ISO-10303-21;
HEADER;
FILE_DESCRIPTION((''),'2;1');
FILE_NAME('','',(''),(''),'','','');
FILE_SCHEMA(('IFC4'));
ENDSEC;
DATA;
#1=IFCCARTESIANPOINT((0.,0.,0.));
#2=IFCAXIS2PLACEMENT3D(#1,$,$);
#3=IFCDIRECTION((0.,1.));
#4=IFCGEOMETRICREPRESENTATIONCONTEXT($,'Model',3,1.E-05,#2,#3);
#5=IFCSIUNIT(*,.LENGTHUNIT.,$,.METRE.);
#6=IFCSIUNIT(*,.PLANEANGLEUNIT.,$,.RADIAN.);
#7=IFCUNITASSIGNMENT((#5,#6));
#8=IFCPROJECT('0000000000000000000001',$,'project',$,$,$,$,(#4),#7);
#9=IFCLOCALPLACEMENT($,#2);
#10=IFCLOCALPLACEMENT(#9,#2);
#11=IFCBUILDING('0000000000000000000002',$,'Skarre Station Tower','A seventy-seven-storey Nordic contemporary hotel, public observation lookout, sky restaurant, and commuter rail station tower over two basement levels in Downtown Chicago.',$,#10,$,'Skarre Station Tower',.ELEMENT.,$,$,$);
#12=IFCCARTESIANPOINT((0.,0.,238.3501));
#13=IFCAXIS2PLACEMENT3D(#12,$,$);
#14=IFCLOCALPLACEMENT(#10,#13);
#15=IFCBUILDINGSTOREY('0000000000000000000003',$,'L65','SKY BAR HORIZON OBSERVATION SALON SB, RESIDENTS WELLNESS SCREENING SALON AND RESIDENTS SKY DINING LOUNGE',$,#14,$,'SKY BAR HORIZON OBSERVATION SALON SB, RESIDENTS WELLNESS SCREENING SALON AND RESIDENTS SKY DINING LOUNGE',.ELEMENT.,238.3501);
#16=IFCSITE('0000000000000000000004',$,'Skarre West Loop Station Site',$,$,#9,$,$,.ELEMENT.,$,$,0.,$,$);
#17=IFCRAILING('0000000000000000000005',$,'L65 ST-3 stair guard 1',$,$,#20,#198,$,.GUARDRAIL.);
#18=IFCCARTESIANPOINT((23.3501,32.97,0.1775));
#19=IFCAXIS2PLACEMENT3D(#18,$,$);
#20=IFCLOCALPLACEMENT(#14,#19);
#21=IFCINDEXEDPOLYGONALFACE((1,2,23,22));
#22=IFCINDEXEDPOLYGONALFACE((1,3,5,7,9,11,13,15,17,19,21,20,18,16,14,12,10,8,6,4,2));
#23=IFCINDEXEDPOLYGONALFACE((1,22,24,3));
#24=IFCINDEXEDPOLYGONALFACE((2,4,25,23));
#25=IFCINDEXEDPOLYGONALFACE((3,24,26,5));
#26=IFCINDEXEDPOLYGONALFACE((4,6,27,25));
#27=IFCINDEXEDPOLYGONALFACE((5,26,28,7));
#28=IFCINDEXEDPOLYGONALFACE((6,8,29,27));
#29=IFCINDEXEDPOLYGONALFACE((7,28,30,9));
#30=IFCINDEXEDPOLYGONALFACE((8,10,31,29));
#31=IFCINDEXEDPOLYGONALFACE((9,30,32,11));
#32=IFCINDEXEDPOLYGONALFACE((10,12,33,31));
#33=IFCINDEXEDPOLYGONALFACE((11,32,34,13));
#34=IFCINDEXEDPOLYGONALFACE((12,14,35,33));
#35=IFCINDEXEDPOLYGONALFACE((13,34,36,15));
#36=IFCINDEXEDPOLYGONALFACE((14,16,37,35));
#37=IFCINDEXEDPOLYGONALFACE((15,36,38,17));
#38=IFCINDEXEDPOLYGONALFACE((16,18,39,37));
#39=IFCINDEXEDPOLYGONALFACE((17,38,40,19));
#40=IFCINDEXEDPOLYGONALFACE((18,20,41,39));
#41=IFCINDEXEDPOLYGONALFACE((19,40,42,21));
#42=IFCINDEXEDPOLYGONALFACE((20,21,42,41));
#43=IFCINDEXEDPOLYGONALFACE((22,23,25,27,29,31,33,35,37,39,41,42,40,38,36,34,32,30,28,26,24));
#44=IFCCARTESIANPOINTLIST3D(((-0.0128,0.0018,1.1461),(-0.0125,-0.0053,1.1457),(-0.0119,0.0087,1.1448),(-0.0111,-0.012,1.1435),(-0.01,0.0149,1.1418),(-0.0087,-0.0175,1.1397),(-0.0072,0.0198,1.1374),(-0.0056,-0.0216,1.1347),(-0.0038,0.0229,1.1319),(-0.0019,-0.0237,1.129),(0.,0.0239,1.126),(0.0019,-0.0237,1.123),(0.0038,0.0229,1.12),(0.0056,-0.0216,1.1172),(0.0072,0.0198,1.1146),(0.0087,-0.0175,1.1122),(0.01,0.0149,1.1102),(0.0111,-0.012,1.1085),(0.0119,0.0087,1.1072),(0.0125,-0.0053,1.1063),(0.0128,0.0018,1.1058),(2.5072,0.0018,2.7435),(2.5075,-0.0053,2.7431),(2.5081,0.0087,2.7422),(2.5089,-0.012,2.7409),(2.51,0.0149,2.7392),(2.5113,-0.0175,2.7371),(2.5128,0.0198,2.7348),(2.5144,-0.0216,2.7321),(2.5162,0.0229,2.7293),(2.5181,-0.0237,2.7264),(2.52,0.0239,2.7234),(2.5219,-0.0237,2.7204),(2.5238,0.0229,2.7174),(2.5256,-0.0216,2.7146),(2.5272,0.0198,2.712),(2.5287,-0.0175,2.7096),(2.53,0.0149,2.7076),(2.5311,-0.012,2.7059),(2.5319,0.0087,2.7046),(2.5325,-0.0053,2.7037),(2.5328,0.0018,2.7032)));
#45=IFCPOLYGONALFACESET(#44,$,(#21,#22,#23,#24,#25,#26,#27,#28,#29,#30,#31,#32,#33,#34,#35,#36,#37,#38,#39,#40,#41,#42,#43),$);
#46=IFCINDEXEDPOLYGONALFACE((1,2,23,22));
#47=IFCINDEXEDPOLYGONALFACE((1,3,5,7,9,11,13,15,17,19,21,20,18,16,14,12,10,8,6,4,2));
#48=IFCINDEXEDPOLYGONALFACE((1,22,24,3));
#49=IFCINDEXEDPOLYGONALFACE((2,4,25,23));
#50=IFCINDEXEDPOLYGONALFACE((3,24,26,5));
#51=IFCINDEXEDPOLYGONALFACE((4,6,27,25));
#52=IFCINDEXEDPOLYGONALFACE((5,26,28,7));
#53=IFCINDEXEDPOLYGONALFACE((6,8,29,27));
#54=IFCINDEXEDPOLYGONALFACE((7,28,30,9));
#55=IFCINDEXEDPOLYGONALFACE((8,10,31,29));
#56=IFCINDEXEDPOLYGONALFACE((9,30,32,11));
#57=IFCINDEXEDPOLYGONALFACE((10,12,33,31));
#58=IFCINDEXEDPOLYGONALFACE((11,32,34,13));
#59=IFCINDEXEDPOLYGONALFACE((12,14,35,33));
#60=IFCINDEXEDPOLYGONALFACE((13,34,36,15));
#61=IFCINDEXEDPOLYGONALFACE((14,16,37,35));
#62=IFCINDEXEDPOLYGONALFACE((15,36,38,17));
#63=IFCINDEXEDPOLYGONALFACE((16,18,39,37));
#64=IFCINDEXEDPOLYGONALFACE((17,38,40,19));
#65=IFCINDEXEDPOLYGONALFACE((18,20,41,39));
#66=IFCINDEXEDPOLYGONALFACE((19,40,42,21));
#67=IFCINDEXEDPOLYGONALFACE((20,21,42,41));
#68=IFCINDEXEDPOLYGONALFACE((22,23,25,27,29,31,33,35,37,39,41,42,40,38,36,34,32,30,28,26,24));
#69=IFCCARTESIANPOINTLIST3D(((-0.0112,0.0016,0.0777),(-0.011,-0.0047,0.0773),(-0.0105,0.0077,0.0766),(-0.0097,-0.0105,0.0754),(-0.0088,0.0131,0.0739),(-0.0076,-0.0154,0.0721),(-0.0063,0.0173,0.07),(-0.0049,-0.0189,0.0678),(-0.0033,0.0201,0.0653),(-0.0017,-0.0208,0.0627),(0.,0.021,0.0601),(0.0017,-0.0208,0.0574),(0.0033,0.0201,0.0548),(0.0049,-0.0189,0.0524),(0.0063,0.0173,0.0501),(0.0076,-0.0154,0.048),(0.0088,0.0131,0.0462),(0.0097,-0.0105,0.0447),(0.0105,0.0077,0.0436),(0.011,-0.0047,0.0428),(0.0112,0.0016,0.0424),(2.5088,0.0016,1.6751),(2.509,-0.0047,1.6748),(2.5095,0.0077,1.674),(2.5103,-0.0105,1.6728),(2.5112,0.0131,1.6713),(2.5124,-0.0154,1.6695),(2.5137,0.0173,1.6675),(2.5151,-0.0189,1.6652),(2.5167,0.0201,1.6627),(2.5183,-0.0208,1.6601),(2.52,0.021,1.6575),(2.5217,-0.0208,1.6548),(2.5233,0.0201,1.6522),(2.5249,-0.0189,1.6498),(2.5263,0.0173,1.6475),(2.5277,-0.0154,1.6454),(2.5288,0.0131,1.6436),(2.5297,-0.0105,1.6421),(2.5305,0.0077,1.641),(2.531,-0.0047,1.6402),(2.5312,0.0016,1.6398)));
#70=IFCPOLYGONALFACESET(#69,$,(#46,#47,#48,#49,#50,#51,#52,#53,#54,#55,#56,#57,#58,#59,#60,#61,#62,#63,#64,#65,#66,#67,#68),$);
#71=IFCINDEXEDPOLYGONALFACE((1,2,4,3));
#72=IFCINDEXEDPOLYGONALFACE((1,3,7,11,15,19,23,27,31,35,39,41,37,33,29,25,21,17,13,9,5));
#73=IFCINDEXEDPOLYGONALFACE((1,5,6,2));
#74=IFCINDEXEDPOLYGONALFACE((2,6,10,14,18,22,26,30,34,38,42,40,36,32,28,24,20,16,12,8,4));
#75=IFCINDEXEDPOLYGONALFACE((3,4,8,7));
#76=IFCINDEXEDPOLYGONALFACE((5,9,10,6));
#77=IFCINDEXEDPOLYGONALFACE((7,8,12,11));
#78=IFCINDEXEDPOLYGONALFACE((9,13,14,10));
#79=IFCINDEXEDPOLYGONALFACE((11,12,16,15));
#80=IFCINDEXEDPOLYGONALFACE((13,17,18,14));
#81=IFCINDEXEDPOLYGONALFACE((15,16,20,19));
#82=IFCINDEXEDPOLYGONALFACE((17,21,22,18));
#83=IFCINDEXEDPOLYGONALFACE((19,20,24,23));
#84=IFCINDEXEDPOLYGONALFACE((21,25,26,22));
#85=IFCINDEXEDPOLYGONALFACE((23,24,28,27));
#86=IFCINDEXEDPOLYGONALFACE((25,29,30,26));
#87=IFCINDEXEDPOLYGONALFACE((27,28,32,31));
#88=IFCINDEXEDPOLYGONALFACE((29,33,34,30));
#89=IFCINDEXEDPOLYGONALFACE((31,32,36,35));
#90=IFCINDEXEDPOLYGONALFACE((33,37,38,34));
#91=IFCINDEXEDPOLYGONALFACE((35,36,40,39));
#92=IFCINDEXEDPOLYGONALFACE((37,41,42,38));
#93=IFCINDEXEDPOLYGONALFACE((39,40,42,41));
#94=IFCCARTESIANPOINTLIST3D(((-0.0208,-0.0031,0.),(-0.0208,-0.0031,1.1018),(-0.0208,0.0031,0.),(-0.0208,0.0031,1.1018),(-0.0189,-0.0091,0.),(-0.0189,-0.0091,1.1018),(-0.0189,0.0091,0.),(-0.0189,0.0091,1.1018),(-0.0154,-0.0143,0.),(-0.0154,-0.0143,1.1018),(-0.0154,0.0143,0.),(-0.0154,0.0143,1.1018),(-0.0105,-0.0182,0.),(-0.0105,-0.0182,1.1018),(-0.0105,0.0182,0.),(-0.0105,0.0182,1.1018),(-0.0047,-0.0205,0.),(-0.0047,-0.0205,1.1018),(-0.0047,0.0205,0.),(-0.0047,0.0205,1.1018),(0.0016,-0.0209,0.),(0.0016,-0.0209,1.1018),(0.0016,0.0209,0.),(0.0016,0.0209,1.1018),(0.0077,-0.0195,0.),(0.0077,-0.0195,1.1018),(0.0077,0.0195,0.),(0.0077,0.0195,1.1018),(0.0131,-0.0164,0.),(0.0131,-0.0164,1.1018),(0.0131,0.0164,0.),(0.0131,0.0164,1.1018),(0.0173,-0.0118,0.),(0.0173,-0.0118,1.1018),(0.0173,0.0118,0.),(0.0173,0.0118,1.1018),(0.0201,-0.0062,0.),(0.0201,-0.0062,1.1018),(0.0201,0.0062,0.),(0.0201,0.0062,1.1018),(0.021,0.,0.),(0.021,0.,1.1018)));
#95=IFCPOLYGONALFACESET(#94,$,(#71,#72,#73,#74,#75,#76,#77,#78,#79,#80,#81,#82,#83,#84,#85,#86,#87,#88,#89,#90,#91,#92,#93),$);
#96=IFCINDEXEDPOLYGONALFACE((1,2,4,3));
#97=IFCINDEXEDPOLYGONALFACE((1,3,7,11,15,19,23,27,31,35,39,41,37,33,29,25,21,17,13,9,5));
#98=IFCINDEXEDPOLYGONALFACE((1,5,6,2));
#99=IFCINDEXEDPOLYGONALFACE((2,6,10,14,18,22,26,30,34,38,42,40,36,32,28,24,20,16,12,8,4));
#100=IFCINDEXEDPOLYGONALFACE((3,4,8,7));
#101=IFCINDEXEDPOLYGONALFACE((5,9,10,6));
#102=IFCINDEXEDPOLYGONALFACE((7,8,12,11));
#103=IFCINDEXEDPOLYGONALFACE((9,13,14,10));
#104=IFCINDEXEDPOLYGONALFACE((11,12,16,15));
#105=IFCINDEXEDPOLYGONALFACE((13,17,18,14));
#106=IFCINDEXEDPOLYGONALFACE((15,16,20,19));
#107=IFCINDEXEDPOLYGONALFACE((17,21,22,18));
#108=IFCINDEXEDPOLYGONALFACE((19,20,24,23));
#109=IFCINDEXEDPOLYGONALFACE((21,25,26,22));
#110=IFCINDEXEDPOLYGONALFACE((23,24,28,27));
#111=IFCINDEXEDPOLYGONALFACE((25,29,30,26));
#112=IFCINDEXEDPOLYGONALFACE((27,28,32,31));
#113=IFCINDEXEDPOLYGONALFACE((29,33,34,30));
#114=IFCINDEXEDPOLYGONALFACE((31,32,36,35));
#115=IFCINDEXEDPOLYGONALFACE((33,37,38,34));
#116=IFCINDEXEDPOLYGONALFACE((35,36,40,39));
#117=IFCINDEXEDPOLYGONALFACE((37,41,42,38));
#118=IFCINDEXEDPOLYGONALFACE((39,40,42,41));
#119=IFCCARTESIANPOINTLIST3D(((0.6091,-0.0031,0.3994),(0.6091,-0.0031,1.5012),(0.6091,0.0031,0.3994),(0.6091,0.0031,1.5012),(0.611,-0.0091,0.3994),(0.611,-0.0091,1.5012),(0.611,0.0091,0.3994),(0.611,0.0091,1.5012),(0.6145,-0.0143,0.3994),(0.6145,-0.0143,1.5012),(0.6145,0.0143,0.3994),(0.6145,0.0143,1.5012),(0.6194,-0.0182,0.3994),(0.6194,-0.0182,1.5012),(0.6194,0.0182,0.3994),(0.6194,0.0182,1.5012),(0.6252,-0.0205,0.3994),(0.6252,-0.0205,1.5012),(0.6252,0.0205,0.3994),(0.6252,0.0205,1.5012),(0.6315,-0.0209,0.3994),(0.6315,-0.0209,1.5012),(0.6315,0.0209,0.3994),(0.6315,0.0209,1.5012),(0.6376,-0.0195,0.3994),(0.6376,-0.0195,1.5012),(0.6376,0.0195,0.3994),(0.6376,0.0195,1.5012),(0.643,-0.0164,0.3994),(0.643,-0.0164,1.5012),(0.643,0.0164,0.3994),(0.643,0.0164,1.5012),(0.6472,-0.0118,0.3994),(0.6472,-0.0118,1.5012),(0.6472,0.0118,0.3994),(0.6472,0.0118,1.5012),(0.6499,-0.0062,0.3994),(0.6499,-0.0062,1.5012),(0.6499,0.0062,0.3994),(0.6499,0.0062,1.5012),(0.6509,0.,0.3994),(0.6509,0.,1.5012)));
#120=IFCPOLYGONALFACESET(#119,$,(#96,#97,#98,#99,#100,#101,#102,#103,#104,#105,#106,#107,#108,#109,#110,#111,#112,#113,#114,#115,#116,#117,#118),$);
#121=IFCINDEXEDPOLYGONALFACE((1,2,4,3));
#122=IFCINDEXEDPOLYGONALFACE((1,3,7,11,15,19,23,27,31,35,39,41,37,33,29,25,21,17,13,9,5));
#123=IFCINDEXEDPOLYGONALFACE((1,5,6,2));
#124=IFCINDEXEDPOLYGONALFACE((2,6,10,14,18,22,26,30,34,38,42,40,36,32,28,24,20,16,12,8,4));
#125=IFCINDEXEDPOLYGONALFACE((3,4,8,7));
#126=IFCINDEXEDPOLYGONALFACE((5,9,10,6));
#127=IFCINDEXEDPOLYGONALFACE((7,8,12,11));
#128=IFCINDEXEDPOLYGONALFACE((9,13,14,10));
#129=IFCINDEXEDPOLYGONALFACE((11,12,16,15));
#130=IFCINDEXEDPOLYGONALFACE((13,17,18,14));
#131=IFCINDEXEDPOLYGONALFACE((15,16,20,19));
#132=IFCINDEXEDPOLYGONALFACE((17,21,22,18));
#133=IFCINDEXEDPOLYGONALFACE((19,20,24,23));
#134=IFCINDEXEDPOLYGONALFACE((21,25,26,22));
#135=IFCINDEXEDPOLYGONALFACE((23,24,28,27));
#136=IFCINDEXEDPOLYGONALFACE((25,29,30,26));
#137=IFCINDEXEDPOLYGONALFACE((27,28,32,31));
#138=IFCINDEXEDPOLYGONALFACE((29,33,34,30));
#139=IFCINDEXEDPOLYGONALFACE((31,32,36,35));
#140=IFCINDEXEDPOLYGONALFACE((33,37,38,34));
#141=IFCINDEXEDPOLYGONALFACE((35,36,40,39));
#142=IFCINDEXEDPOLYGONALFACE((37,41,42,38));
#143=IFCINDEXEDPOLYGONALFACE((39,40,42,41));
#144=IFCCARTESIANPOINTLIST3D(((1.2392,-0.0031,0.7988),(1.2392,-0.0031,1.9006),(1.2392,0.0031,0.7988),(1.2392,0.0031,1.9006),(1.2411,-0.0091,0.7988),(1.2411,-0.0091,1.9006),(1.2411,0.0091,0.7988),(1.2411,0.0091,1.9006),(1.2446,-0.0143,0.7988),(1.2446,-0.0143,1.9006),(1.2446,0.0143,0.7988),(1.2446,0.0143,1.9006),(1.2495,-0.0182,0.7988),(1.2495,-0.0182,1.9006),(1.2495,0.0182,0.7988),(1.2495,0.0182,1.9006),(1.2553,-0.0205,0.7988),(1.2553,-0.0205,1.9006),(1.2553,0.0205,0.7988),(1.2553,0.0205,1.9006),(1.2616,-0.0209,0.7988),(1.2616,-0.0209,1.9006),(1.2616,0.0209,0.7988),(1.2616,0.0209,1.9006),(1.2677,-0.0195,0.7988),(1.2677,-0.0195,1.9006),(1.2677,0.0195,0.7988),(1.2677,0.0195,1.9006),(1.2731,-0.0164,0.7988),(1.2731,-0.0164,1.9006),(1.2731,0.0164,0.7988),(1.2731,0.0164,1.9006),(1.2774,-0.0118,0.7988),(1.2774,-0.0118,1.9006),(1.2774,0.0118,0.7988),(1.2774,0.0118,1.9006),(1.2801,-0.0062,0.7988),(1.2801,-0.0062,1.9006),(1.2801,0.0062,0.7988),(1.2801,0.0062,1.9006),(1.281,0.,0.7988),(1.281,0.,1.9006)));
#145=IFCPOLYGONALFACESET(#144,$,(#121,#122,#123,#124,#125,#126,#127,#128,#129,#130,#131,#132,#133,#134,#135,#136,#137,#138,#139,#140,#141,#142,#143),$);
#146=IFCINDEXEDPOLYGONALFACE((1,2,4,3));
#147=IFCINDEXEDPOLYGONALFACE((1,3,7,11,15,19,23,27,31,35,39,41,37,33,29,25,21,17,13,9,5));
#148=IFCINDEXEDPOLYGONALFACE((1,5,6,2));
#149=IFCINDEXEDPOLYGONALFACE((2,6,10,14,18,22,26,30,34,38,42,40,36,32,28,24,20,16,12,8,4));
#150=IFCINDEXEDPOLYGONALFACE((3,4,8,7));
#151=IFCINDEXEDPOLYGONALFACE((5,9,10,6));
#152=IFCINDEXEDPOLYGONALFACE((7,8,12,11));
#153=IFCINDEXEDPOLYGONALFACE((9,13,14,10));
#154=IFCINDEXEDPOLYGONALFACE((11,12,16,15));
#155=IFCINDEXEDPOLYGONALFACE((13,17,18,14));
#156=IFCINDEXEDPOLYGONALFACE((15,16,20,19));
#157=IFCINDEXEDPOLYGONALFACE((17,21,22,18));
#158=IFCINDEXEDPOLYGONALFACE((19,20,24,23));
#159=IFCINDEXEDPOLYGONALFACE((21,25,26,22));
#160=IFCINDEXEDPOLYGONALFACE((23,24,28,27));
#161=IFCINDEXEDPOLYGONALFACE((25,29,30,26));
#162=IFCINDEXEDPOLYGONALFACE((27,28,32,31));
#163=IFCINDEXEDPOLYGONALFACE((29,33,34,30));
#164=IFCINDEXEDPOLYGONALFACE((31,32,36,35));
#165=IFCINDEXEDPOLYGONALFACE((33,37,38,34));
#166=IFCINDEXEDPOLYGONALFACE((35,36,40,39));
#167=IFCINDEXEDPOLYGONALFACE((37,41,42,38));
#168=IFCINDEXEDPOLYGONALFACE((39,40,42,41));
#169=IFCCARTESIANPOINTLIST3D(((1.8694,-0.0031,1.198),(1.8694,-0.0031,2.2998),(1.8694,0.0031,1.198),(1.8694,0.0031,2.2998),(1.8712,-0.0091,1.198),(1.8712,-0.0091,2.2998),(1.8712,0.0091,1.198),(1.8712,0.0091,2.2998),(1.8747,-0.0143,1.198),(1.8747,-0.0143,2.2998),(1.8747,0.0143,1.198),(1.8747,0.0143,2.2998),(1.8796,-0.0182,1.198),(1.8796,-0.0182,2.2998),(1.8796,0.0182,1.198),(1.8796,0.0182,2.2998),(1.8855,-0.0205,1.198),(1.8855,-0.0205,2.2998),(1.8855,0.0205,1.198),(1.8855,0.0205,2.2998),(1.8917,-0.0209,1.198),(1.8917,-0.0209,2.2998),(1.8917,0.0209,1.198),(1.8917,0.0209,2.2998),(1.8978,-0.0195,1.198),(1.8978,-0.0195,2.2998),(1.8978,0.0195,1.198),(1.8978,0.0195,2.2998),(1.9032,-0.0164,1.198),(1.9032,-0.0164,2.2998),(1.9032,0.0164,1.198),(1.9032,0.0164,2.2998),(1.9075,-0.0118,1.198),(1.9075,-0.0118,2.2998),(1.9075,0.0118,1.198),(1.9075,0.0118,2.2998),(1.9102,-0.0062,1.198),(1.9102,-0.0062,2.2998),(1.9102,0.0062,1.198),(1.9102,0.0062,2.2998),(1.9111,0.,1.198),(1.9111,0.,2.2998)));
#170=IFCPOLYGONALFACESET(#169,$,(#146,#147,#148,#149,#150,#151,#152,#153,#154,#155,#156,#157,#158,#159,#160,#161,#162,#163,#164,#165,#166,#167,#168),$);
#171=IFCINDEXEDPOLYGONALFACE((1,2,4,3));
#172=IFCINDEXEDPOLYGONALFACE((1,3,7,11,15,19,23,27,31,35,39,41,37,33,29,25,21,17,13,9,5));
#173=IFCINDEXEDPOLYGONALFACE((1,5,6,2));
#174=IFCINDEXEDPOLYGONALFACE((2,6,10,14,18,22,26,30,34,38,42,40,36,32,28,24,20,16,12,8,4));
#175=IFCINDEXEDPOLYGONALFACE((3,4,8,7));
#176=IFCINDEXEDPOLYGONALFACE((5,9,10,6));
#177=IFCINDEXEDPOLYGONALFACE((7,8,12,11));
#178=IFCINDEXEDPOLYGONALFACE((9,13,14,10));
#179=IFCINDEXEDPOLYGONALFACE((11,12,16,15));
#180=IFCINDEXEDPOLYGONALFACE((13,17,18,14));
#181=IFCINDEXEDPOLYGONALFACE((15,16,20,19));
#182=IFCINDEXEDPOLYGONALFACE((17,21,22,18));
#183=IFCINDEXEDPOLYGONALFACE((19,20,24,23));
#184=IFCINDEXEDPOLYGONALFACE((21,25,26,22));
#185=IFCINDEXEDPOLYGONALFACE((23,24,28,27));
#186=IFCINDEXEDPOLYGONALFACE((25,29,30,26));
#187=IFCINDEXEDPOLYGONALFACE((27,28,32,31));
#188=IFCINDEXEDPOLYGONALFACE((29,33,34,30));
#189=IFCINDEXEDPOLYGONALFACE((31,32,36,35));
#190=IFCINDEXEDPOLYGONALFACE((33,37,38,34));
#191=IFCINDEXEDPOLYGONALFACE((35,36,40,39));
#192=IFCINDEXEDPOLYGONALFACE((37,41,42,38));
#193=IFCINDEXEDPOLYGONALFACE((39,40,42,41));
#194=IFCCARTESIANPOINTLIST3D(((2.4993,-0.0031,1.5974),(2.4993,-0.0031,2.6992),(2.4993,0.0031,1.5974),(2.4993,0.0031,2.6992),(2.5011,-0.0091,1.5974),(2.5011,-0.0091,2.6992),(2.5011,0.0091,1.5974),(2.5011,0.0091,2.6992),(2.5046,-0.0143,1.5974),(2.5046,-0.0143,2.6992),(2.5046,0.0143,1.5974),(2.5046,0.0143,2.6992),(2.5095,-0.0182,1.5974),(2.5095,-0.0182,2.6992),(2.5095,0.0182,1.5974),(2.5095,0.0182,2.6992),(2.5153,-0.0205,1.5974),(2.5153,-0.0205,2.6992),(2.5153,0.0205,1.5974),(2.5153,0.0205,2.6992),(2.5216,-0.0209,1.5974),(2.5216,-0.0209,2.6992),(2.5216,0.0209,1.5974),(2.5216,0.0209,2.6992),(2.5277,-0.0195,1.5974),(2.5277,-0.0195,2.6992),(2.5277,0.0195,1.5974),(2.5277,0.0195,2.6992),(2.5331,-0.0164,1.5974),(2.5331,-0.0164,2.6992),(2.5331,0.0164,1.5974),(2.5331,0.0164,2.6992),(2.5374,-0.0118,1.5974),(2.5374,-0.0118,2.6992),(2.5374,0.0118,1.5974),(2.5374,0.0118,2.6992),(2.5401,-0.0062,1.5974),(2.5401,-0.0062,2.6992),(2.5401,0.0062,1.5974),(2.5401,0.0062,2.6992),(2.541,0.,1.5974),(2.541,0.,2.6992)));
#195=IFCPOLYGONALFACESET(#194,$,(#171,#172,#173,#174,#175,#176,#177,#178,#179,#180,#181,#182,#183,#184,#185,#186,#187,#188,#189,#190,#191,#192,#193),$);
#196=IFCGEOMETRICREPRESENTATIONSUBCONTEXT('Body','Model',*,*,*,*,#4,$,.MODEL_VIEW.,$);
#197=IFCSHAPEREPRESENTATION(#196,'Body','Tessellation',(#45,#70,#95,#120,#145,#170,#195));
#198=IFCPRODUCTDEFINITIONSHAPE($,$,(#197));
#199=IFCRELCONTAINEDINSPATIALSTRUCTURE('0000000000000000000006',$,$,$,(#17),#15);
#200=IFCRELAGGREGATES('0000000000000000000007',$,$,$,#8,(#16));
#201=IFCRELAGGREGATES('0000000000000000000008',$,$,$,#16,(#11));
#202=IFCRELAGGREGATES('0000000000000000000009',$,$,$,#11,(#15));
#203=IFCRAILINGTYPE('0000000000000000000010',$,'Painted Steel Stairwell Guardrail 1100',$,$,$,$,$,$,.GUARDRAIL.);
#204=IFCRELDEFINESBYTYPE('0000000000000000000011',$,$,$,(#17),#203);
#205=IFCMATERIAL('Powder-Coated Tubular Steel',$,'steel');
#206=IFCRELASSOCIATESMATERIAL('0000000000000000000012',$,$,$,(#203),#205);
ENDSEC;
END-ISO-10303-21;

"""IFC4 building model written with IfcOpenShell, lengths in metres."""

from ifc_helpers import new_model, si_unit, direction, frame, origin, origin_2d, place, context, subcontext, project, spatial, circle, extrude, material, type_object, element, save


model = new_model("IFC4")

# Units and contexts
model_context = context("Model", 3, precision=1e-05, world=origin(), true_north=direction((0.0, 1.0)))
body_context = subcontext(model_context, "Body", "Model", "MODEL_VIEW")
ifc_project = project(units=[si_unit("LENGTHUNIT", "METRE"), si_unit("PLANEANGLEUNIT", "RADIAN")], contexts=[model_context])

# Site, building, storey
site_placement = place(None, origin())
site = spatial("IfcSite", under=ifc_project, at=site_placement, Name="Skarre West Loop Station Site", CompositionType="ELEMENT", RefElevation=0.0)
building_placement = place(site_placement, origin())
building = spatial("IfcBuilding", under=site, at=building_placement, Name="Skarre Station Tower", Description="A seventy-seven-storey Nordic contemporary hotel, public observation lookout, sky restaurant, and commuter rail station tower over two basement levels in Downtown Chicago.", LongName="Skarre Station Tower", CompositionType="ELEMENT")
storey_placement = place(building_placement, frame((0.0, 0.0, 238.3501)))
storey = spatial("IfcBuildingStorey", under=building, at=storey_placement, Name="L65", Description="SKY BAR HORIZON OBSERVATION SALON SB, RESIDENTS WELLNESS SCREENING SALON AND RESIDENTS SKY DINING LOUNGE", LongName="SKY BAR HORIZON OBSERVATION SALON SB, RESIDENTS WELLNESS SCREENING SALON AND RESIDENTS SKY DINING LOUNGE", CompositionType="ELEMENT", Elevation=238.3501)

# Railing
ifc_material_1 = material(Name="Powder-Coated Tubular Steel", Category="steel")
railing_type_1 = type_object("IfcRailingType", Name="Painted Steel Stairwell Guardrail 1100", PredefinedType="GUARDRAIL", material=ifc_material_1)
railing_1_placement = place(storey_placement, frame((23.3501, 32.97, 0.1775)))
element("IfcRailing", 1, at=railing_1_placement, inside=storey, type_object=railing_type_1, Name="L65 ST-3 stair guard 1", PredefinedType="GUARDRAIL", context=body_context, shape_type="SweptSolid", body=[
    extrude(circle(Radius=0.0239, at=origin_2d()), frame((0.0, 0.0, 1.126), z_axis=(0.844607, 0.0, 0.535387), x_axis=(0.0, 1.0, 0.0)), (0.0, 0.0, 1.0), 2.9836),
    extrude(circle(Radius=0.021, at=origin_2d()), frame((0.0, 0.0, 0.0601), z_axis=(0.844607, 0.0, 0.535387), x_axis=(0.0, 1.0, 0.0)), (0.0, 0.0, 1.0), 2.9836),
    extrude(circle(Radius=0.021, at=origin_2d()), origin(), (0.0, 0.0, 1.0), 1.1018),
    extrude(circle(Radius=0.021, at=origin_2d()), frame((0.6299, 0.0, 0.3994)), (0.0, 0.0, 1.0), 1.1018),
    extrude(circle(Radius=0.021, at=origin_2d()), frame((1.26, 0.0, 0.7988)), (0.0, 0.0, 1.0), 1.1018),
    extrude(circle(Radius=0.021, at=origin_2d()), frame((1.8901, 0.0, 1.198)), (0.0, 0.0, 1.0), 1.1018),
    extrude(circle(Radius=0.021, at=origin_2d()), frame((2.52, 0.0, 1.5974)), (0.0, 0.0, 1.0), 1.1018),
])

save(model, "model.ifc")
